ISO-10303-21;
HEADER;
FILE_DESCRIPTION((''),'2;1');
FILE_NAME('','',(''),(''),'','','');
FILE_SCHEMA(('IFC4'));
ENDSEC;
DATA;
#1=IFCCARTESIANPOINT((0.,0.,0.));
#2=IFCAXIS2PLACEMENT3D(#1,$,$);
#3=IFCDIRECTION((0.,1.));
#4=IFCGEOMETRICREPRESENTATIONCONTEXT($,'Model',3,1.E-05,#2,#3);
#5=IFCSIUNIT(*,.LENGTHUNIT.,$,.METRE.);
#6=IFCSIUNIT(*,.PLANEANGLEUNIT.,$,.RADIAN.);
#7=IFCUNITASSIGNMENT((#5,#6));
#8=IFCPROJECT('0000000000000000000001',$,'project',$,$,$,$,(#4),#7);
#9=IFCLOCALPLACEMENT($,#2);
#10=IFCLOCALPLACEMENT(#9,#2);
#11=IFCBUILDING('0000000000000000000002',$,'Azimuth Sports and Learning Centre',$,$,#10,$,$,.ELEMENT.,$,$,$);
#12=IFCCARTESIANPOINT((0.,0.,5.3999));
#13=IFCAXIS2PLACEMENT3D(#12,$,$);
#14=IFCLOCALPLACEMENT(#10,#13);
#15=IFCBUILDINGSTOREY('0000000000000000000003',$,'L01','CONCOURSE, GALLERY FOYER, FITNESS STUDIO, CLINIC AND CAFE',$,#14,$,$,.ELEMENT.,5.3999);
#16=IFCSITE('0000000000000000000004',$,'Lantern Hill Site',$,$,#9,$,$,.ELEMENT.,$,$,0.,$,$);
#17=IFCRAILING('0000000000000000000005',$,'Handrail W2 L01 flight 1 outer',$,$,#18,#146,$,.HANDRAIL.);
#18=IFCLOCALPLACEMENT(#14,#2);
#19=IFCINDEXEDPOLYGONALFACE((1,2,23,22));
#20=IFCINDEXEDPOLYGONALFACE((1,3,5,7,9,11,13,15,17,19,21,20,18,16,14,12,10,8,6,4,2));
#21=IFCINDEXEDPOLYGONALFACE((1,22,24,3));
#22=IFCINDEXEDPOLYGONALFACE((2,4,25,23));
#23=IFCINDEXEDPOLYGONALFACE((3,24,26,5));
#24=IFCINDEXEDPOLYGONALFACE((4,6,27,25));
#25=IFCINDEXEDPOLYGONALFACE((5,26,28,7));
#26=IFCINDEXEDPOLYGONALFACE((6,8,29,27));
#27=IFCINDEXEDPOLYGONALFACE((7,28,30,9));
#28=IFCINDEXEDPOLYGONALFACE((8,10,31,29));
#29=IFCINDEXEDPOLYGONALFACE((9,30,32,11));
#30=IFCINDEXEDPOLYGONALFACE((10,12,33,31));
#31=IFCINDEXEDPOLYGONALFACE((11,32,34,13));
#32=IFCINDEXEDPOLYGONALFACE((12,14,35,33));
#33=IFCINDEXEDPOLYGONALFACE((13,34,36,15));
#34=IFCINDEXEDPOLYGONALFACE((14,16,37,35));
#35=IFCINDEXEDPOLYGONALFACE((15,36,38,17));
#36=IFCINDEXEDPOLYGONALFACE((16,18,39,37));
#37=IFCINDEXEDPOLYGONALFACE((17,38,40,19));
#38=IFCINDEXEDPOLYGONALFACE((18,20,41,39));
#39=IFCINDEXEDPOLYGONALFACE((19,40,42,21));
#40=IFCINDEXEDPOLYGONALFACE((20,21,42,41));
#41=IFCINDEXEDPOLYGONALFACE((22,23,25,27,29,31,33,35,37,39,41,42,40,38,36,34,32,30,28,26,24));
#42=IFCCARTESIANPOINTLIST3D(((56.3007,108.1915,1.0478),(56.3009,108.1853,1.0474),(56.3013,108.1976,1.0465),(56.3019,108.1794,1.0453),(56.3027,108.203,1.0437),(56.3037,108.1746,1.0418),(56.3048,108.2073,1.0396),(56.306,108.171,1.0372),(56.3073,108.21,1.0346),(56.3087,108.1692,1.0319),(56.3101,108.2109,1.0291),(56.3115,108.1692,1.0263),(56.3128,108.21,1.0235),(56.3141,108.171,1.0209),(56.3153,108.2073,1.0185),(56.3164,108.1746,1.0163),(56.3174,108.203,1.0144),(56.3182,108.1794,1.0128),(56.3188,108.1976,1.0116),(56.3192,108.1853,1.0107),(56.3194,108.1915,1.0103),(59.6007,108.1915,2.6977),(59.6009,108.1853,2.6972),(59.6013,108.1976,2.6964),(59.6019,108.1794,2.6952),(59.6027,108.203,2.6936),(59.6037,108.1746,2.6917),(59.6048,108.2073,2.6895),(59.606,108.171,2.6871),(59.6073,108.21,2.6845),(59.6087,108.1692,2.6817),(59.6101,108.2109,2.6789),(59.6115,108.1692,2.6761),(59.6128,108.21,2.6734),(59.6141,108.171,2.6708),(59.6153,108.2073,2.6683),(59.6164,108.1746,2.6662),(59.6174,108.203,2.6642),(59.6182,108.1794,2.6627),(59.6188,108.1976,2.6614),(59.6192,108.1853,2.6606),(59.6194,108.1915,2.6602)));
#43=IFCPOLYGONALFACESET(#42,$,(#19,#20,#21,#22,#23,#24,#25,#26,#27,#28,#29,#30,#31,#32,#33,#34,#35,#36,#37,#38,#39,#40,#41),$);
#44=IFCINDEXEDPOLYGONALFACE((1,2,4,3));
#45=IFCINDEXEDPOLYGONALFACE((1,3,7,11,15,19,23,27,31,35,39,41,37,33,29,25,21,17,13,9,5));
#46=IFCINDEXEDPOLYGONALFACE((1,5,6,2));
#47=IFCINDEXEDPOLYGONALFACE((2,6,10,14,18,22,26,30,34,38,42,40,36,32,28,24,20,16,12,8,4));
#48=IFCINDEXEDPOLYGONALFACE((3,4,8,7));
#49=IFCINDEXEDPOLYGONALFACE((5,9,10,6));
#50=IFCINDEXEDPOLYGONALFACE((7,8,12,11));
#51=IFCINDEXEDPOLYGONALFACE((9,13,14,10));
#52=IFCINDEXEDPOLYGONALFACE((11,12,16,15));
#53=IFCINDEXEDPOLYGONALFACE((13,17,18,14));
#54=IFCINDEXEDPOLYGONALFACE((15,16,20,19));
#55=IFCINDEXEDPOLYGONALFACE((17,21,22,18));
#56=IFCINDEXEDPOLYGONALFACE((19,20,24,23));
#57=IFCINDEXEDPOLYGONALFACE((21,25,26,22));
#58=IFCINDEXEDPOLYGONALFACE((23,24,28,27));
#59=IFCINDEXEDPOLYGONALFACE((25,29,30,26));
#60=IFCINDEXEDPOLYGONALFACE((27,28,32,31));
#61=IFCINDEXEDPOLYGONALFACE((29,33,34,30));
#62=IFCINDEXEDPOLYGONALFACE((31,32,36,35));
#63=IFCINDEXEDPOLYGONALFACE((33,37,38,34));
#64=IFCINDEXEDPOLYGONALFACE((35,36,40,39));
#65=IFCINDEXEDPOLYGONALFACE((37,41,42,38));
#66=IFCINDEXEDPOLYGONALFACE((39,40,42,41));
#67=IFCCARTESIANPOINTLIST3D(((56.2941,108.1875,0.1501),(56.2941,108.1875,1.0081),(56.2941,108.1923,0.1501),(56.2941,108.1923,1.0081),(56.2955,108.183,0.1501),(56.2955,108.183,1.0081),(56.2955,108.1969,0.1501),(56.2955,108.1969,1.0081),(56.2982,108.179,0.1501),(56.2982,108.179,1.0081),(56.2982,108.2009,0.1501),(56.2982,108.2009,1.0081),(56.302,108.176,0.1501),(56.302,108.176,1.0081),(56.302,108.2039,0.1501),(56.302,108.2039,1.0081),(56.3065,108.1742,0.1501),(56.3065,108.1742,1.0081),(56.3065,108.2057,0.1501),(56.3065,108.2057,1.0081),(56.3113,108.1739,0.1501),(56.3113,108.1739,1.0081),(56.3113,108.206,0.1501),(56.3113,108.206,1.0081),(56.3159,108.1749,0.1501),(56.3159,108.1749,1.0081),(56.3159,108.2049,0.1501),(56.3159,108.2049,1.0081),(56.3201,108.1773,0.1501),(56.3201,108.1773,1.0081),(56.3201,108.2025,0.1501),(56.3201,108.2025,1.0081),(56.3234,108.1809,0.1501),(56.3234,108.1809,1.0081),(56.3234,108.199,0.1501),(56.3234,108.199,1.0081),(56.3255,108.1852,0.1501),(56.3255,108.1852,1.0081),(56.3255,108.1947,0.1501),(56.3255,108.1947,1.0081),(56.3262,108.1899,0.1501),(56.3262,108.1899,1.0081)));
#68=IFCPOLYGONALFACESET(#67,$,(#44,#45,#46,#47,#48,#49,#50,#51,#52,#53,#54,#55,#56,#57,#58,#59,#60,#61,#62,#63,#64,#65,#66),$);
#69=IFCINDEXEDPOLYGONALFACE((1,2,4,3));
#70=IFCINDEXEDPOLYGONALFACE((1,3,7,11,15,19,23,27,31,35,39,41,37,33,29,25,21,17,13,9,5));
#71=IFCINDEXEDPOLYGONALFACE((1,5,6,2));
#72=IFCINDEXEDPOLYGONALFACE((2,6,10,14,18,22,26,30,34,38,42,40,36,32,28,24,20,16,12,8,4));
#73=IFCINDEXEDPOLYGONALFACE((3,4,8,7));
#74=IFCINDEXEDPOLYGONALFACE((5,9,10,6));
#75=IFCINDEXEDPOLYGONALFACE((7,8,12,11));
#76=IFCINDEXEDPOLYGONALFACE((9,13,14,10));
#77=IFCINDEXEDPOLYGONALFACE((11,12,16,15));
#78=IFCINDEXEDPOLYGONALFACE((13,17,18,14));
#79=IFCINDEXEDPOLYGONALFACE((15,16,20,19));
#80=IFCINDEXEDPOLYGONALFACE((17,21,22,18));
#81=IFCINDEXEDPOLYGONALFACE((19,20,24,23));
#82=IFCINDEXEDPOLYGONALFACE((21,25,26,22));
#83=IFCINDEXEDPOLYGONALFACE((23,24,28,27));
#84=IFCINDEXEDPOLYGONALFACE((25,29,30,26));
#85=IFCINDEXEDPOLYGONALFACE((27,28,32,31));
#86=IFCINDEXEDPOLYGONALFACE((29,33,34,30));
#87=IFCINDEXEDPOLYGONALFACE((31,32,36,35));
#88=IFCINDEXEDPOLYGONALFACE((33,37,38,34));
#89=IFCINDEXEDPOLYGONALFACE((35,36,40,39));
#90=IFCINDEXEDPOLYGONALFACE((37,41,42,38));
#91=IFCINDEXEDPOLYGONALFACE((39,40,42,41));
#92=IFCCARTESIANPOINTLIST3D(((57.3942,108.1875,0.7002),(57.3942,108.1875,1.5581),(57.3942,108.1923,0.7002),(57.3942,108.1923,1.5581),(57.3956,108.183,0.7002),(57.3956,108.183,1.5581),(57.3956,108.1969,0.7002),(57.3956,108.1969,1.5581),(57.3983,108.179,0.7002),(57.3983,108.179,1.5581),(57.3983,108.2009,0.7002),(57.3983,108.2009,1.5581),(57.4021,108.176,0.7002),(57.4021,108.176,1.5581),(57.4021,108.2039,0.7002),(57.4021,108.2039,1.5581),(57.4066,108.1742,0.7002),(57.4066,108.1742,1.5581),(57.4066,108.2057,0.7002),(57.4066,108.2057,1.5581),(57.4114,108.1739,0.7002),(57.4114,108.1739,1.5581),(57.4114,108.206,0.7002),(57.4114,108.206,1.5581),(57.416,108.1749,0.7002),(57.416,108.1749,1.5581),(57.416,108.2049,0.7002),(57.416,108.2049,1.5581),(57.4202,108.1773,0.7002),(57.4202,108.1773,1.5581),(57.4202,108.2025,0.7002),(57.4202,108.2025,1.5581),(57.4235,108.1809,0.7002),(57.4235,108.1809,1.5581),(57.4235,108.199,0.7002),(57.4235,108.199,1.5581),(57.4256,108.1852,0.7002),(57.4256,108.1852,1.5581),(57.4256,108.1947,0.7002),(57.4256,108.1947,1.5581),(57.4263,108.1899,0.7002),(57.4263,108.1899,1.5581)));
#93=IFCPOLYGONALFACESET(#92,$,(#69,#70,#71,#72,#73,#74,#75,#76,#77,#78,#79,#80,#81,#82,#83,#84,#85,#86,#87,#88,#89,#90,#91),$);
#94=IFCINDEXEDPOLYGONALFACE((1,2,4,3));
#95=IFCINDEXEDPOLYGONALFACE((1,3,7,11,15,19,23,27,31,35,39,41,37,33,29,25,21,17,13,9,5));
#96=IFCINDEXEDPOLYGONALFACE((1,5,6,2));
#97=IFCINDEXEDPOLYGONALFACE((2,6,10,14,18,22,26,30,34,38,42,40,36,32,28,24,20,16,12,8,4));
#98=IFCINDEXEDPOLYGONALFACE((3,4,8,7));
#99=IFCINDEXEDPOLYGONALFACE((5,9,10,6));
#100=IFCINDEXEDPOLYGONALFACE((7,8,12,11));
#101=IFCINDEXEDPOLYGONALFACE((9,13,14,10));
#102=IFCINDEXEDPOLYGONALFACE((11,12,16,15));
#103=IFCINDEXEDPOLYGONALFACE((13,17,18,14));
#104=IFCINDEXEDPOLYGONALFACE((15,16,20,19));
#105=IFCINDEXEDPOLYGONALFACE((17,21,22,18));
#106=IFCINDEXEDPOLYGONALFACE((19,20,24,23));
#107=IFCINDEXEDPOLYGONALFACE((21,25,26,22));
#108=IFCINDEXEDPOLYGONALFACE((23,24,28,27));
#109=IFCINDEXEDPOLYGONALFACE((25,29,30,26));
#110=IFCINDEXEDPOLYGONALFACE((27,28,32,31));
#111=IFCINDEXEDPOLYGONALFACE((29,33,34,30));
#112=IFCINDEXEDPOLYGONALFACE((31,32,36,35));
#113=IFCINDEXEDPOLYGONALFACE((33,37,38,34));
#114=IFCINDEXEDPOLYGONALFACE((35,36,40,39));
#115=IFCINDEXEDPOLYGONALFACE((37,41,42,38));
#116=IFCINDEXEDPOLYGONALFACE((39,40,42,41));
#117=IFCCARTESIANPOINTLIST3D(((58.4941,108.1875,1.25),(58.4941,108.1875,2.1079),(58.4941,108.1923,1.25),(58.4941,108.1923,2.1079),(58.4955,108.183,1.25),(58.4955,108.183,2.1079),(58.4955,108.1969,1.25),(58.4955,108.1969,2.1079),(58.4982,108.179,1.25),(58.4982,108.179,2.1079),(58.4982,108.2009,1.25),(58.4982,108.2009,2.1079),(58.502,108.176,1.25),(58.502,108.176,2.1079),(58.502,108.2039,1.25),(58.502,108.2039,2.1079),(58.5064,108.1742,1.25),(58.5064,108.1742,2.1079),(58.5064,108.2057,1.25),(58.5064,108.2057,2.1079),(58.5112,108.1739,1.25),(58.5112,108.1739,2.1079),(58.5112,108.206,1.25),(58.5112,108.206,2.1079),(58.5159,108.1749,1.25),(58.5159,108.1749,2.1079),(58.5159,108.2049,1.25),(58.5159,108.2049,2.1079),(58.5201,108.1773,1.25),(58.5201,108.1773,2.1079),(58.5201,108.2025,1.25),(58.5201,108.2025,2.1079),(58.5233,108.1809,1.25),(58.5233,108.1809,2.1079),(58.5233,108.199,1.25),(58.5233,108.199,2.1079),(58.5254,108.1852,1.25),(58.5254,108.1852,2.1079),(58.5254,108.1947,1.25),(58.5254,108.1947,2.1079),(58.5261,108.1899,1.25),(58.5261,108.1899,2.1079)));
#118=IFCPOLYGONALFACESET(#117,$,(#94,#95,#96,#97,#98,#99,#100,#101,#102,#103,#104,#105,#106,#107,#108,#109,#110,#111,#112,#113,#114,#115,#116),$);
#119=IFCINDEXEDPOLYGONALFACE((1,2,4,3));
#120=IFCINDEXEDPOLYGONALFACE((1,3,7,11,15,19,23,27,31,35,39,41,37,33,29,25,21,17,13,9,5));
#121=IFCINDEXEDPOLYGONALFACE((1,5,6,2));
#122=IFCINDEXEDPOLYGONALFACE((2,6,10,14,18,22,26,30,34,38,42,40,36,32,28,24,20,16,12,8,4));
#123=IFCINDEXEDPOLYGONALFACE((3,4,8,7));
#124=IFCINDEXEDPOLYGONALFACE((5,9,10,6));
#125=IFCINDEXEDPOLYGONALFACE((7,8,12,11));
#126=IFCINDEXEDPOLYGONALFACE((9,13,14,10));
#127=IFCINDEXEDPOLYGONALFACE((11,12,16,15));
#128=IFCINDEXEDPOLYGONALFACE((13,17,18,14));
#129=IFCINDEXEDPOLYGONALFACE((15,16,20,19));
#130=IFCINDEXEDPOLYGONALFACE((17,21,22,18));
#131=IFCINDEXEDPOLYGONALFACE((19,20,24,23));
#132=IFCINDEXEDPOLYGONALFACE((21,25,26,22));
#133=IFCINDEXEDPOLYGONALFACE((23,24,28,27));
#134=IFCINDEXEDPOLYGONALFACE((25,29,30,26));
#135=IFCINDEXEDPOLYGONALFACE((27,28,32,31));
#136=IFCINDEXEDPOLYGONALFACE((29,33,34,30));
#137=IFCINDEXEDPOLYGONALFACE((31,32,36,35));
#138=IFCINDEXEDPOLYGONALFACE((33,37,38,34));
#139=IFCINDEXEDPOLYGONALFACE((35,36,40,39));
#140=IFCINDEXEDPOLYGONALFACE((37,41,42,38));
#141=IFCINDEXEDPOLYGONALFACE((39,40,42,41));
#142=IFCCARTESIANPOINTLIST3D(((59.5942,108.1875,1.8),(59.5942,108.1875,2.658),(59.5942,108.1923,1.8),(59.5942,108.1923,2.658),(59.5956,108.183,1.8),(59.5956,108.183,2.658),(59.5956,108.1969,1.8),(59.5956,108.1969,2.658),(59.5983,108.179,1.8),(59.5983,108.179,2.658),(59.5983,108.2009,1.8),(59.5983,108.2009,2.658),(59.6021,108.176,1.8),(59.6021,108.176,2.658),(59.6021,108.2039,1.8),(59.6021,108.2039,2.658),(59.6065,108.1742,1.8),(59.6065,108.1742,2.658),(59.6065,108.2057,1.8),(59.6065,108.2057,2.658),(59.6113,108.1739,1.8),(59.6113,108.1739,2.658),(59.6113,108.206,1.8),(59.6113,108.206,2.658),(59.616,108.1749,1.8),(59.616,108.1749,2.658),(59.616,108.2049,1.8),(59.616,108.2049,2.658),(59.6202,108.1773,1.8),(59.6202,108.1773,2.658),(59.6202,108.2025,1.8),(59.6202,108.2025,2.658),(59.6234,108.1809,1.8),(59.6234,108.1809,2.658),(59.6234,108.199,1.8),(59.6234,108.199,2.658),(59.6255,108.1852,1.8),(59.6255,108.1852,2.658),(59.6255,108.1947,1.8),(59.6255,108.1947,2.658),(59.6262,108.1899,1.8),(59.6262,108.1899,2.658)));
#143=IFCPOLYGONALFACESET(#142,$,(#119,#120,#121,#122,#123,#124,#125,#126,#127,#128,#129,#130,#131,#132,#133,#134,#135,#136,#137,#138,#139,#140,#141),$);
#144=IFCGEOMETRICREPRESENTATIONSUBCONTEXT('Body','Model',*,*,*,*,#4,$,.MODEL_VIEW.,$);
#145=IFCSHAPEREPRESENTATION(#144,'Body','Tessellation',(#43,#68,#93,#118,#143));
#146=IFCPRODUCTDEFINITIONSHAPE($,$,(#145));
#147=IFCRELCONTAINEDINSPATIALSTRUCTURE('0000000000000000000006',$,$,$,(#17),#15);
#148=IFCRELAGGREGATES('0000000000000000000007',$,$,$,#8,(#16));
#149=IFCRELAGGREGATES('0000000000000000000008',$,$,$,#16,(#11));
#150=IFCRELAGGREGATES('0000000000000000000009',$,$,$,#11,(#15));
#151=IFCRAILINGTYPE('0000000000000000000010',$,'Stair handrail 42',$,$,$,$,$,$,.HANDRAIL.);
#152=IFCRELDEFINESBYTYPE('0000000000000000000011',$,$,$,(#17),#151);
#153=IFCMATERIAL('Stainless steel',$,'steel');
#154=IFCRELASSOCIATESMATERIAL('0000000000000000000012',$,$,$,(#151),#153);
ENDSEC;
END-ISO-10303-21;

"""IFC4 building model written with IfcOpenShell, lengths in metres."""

from ifc_helpers import new_model, si_unit, direction, frame, origin, origin_2d, place, context, subcontext, project, spatial, circle, extrude, material, type_object, element, save


model = new_model("IFC4")

# Units and contexts
model_context = context("Model", 3, precision=1e-05, world=origin(), true_north=direction((0.0, 1.0)))
body_context = subcontext(model_context, "Body", "Model", "MODEL_VIEW")
ifc_project = project(units=[si_unit("LENGTHUNIT", "METRE"), si_unit("PLANEANGLEUNIT", "RADIAN")], contexts=[model_context])

# Site, building, storey
site_placement = place(None, origin())
site = spatial("IfcSite", under=ifc_project, at=site_placement, Name="Lantern Hill Site", CompositionType="ELEMENT", RefElevation=0.0)
building_placement = place(site_placement, origin())
building = spatial("IfcBuilding", under=site, at=building_placement, Name="Azimuth Sports and Learning Centre", CompositionType="ELEMENT")
storey_placement = place(building_placement, frame((0.0, 0.0, 5.3999)))
storey = spatial("IfcBuildingStorey", under=building, at=storey_placement, Name="L01", Description="CONCOURSE, GALLERY FOYER, FITNESS STUDIO, CLINIC AND CAFE", CompositionType="ELEMENT", Elevation=5.3999)

# Railing
ifc_material_1 = material(Name="Stainless steel", Category="steel")
railing_type_1 = type_object("IfcRailingType", Name="Stair handrail 42", PredefinedType="HANDRAIL", material=ifc_material_1)
for number, where, name in (
    (1, (56.3101, 108.1899, 0.1501), "Handrail W2 L01 flight 1 outer"),
):
    element("IfcRailing", number, at=place(storey_placement, frame(where)), inside=storey, type_object=railing_type_1, Name=name, PredefinedType="HANDRAIL", context=body_context, shape_type="SweptSolid", body=[
        extrude(circle(Radius=0.021, at=origin_2d()), frame((0.0, 0.0, 0.8789), z_axis=(0.89444, 0.0, 0.447187), x_axis=(0.0, 1.0, 0.0)), (0.0, 0.0, 1.0), 3.6895),
        extrude(circle(Radius=0.0161, at=origin_2d()), origin(), (0.0, 0.0, 1.0), 0.8579),
        extrude(circle(Radius=0.0161, at=origin_2d()), frame((1.1001, 0.0, 0.55)), (0.0, 0.0, 1.0), 0.8579),
        extrude(circle(Radius=0.0161, at=origin_2d()), frame((2.2, 0.0, 1.0999)), (0.0, 0.0, 1.0), 0.8579),
        extrude(circle(Radius=0.0161, at=origin_2d()), frame((3.3, 0.0, 1.6499)), (0.0, 0.0, 1.0), 0.8579),
    ])

save(model, "model.ifc")
